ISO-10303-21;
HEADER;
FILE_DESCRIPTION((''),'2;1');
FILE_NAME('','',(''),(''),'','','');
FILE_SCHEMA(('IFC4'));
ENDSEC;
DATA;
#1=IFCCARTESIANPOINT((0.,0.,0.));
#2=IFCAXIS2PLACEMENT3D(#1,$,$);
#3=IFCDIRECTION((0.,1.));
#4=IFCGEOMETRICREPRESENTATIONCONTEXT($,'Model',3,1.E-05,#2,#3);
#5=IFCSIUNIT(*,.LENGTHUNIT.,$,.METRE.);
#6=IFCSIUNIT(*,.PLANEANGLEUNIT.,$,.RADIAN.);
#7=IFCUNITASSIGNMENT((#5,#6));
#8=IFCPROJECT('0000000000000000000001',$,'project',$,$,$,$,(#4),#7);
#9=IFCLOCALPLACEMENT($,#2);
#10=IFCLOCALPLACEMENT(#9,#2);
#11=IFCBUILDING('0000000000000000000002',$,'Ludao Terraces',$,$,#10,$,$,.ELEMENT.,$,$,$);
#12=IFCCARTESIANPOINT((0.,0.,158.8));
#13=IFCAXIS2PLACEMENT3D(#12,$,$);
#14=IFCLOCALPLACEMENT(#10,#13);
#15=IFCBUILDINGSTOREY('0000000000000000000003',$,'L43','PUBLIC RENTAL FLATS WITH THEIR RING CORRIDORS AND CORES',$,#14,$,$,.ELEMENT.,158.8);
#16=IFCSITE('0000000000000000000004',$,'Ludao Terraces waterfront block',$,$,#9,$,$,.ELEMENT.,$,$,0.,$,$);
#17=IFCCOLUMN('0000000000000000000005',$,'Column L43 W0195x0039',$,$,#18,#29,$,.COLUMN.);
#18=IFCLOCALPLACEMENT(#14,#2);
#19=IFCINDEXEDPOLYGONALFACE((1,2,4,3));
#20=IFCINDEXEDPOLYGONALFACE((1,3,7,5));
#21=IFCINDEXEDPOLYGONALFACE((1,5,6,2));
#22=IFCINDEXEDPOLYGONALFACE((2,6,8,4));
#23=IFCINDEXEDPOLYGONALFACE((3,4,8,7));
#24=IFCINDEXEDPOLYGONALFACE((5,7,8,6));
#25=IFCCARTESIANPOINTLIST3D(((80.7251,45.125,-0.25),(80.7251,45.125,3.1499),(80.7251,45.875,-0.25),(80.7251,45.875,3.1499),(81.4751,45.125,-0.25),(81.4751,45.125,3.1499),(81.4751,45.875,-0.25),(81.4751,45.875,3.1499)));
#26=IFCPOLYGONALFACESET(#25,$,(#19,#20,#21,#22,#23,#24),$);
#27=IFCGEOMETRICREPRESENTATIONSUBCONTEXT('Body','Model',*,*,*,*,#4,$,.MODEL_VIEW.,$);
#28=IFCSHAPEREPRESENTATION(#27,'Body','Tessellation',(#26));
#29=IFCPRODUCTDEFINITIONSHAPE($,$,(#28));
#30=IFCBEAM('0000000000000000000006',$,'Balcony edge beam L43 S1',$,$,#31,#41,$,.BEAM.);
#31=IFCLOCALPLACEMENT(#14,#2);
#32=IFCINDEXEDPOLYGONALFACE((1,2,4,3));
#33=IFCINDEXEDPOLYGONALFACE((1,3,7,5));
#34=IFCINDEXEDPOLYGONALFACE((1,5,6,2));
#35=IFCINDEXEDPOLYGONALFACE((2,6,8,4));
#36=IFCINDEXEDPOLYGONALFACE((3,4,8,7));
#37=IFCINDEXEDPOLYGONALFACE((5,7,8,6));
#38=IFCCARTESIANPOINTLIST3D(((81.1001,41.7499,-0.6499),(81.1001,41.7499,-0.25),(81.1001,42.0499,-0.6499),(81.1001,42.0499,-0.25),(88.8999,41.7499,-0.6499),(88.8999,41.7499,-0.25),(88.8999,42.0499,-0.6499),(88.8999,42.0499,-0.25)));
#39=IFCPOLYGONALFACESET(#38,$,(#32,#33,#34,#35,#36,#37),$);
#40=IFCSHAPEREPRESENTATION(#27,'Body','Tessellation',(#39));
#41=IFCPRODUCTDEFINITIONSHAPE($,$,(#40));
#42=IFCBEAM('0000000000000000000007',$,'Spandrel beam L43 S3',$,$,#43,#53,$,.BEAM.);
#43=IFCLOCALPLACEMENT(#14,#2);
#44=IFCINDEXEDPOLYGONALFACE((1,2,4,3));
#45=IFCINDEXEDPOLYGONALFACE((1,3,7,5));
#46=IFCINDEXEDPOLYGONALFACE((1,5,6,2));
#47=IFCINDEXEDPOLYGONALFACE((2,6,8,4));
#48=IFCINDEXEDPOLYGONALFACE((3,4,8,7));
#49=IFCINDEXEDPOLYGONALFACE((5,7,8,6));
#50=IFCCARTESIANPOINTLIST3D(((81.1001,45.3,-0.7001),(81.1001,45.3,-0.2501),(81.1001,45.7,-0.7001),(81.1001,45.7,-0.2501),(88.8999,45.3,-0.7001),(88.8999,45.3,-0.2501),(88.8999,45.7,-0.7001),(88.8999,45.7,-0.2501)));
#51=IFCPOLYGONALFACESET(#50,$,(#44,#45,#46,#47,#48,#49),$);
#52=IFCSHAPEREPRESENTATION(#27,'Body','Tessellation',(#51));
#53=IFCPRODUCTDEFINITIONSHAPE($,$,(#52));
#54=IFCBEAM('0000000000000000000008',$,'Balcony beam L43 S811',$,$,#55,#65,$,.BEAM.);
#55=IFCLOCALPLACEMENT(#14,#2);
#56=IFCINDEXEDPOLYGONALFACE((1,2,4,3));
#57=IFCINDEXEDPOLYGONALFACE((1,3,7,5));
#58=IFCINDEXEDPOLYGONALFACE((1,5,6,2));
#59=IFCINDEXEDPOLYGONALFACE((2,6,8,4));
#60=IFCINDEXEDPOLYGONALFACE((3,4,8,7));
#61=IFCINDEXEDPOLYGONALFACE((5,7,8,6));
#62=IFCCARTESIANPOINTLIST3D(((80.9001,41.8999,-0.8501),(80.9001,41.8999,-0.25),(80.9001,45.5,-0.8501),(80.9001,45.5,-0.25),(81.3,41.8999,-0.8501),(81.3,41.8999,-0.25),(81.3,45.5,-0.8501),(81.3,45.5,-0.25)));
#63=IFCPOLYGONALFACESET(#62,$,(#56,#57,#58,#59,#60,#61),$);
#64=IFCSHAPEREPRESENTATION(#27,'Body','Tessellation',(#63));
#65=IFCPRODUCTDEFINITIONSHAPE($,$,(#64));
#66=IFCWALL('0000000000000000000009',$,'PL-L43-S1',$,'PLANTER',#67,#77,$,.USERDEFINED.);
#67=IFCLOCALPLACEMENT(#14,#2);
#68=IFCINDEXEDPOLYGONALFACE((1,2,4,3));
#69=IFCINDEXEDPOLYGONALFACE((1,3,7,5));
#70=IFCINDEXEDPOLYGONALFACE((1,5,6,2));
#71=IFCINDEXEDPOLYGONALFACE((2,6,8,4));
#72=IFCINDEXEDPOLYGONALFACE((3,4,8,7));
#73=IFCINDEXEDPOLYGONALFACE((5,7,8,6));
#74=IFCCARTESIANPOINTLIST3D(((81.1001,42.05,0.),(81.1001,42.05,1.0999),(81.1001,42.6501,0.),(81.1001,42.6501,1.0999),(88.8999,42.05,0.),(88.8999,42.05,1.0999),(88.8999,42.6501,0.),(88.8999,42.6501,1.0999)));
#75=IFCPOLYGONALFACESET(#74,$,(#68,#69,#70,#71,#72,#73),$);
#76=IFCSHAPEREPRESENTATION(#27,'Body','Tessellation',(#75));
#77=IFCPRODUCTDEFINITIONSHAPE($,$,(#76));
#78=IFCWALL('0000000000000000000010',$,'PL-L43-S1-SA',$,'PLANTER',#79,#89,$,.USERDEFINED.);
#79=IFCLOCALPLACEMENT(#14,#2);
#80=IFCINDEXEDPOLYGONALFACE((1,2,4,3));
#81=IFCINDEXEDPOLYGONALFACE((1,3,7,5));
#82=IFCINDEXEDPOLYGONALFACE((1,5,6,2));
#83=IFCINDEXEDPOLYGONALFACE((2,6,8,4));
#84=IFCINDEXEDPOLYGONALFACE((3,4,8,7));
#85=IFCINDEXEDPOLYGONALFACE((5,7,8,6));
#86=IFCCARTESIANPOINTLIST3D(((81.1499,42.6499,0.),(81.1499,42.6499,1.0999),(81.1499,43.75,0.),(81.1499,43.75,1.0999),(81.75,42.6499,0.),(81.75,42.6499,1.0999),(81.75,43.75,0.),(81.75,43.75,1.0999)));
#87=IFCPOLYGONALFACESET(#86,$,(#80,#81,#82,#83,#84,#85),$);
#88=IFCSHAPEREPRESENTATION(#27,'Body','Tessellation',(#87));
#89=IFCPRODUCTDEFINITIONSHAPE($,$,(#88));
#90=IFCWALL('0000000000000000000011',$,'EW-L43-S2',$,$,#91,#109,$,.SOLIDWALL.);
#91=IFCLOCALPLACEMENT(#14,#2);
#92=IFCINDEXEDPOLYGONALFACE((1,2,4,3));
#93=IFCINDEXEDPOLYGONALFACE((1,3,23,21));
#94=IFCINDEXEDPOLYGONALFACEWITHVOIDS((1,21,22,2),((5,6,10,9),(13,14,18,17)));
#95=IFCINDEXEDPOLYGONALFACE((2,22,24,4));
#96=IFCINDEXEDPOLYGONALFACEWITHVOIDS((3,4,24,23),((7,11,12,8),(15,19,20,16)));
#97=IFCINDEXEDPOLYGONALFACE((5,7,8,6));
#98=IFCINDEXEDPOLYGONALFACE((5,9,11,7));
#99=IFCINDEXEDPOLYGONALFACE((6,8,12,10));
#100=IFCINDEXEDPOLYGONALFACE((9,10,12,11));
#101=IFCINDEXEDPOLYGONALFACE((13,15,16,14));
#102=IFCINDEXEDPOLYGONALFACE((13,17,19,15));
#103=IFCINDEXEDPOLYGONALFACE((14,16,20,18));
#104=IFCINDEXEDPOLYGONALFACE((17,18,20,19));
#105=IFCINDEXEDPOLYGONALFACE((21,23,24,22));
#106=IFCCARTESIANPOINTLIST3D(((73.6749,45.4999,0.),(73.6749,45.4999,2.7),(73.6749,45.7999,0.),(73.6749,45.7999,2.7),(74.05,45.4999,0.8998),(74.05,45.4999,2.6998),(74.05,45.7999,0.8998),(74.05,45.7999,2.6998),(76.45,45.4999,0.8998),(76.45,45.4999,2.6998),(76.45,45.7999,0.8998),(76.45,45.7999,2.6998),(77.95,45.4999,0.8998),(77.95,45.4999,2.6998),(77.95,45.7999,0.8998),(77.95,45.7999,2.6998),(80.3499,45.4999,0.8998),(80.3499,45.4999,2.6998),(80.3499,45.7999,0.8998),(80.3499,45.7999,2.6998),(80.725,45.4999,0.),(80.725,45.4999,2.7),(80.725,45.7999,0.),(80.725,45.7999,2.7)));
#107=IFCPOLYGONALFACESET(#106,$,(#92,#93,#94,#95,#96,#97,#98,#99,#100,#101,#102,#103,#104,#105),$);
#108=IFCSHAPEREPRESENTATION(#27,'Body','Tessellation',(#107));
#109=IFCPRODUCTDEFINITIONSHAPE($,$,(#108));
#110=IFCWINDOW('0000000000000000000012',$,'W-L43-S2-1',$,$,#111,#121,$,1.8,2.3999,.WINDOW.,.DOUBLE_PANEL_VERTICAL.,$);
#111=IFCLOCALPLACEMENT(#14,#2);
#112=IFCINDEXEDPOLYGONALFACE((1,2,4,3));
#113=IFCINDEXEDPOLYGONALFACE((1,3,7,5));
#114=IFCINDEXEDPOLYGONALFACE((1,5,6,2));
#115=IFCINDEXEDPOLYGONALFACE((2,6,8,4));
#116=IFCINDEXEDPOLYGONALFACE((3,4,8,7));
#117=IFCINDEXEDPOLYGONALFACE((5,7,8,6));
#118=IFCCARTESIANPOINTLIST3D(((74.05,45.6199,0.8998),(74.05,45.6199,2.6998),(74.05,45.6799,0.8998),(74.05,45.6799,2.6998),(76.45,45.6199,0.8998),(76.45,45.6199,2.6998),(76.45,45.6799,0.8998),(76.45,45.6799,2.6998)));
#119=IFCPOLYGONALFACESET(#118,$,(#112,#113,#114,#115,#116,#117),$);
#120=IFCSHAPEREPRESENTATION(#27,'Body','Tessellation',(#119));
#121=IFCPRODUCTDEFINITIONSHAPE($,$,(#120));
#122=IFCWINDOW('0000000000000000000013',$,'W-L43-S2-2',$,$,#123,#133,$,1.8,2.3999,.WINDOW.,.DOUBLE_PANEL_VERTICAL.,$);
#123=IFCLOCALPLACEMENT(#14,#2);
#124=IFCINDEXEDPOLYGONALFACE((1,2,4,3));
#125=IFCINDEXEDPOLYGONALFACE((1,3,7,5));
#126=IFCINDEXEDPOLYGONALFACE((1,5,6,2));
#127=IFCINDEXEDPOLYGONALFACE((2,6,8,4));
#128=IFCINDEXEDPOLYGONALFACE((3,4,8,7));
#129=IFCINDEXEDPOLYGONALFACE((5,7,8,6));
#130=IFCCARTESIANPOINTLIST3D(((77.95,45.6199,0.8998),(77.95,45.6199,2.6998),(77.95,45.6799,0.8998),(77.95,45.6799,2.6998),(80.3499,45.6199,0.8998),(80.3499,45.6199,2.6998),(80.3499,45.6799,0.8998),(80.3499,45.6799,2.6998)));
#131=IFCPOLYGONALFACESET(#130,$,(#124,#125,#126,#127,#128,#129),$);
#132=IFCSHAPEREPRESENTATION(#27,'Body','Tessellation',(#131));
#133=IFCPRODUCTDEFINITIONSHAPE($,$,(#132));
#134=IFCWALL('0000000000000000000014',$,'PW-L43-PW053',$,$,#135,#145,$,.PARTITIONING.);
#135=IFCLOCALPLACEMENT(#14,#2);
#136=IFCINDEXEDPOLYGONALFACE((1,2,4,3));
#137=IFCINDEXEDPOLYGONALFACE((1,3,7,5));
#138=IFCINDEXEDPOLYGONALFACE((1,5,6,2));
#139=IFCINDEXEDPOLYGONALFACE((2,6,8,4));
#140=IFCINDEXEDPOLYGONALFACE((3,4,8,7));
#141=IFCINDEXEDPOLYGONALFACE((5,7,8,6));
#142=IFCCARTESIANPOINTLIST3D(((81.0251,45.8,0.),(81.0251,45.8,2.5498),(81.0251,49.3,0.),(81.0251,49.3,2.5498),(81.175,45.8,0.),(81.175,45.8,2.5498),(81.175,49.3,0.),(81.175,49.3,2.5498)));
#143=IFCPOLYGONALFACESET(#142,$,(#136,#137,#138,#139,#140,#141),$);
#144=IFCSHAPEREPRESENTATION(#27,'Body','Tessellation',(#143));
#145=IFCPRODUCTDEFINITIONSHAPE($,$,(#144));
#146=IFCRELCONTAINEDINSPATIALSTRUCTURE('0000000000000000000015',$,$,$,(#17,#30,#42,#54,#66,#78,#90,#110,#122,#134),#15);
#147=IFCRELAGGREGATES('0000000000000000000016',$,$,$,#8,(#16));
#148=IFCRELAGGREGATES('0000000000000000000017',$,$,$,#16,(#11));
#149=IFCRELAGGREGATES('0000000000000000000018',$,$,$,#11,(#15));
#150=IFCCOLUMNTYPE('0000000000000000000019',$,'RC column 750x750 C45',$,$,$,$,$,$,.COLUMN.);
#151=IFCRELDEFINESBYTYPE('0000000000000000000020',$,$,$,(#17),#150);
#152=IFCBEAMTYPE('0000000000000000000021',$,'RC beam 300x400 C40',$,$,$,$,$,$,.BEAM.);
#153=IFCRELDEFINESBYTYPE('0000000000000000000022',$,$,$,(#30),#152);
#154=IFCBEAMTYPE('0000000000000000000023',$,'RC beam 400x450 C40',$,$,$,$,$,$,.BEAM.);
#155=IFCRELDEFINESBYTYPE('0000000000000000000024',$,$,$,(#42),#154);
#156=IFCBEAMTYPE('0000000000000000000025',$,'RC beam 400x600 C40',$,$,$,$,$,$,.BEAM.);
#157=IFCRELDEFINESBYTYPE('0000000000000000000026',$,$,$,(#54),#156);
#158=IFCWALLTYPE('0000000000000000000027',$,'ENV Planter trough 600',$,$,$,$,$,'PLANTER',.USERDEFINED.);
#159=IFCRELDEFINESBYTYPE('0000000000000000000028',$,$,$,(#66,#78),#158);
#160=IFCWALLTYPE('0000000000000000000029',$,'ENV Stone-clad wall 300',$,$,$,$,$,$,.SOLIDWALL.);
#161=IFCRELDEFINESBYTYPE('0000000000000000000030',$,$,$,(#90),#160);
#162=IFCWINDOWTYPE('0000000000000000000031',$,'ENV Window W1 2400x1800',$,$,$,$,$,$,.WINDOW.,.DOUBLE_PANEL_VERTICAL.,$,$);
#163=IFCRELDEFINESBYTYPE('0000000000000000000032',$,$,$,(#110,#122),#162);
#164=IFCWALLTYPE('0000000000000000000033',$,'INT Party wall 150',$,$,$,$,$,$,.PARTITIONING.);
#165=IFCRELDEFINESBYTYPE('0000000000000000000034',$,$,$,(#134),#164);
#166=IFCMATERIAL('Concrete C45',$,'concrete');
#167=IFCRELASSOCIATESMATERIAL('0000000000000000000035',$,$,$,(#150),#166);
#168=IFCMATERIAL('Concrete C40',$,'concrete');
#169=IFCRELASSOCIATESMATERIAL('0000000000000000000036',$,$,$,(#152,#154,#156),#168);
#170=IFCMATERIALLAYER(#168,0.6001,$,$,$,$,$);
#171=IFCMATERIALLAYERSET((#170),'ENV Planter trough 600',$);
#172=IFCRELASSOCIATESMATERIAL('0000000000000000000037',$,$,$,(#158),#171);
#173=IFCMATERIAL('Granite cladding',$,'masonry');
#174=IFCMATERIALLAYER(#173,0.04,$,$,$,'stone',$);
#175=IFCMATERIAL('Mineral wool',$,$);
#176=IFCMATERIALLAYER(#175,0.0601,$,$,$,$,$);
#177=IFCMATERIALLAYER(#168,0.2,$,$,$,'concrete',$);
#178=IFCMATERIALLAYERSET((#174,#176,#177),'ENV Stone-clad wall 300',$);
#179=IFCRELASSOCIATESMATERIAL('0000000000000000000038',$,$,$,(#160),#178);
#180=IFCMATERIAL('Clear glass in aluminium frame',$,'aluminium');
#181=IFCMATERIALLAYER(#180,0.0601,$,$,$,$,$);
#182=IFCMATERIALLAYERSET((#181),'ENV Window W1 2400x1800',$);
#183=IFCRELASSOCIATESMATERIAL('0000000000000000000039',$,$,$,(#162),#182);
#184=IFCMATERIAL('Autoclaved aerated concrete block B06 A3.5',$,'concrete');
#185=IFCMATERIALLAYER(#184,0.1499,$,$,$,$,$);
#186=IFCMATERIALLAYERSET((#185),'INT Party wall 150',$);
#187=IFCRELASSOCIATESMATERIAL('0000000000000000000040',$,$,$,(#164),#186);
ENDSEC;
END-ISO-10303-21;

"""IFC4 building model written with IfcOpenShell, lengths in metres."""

from ifc_helpers import new_model, si_unit, direction, frame, frame_2d, origin, origin_2d, place, context, subcontext, project, spatial, rectangle, extrude, material, layer, layer_set, material_profile, profile_set, type_object, element, fill, save


model = new_model("IFC4")

# Units and contexts
model_context = context("Model", 3, precision=1e-05, world=origin(), true_north=direction((0.0, 1.0)))
body_context = subcontext(model_context, "Body", "Model", "MODEL_VIEW")
ifc_project = project(units=[si_unit("LENGTHUNIT", "METRE"), si_unit("PLANEANGLEUNIT", "RADIAN")], contexts=[model_context])

# Site, building, storey
site_placement = place(None, origin())
site = spatial("IfcSite", under=ifc_project, at=site_placement, Name="Ludao Terraces waterfront block", CompositionType="ELEMENT", RefElevation=0.0)
building_placement = place(site_placement, origin())
building = spatial("IfcBuilding", under=site, at=building_placement, Name="Ludao Terraces", CompositionType="ELEMENT")
storey_placement = place(building_placement, frame((0.0, 0.0, 158.8)))
storey = spatial("IfcBuildingStorey", under=building, at=storey_placement, Name="L43", Description="PUBLIC RENTAL FLATS WITH THEIR RING CORRIDORS AND CORES", CompositionType="ELEMENT", Elevation=158.8)

# Column
ifc_material_1 = material(Name="Concrete C45", Category="concrete")
ifc_material_profile_1 = material_profile(ifc_material_1, rectangle(XDim=0.75, YDim=0.75, at=origin_2d()), Name="750 X 750")
ifc_profile_set_1 = profile_set([ifc_material_profile_1], Name="Concrete C45")
column_type = type_object("IfcColumnType", Name="RC column 750x750 C45", PredefinedType="COLUMN", material=ifc_profile_set_1)
column_placement = place(storey_placement, frame((81.1001, 45.5, -0.25), z_axis=(0.0, 0.0, 1.0), x_axis=(1.0, 0.0, 0.0)))
element("IfcColumn", 1, at=column_placement, inside=storey, type_object=column_type, Name="Column L43 W0195x0039", PredefinedType="COLUMN", context=body_context, shape_type="SweptSolid", body=[
    extrude(rectangle(XDim=0.75, YDim=0.75, at=origin_2d()), origin(), (0.0, 0.0, 1.0), 3.3999),
])

# Beams
ifc_material_2 = material(Name="Concrete C40", Category="concrete")
ifc_material_profile_2 = material_profile(ifc_material_2, rectangle(XDim=0.3, YDim=0.3999, at=origin_2d()), Name="300 X 400")
ifc_profile_set_2 = profile_set([ifc_material_profile_2], Name="Concrete C40")
beam_type_1 = type_object("IfcBeamType", Name="RC beam 300x400 C40", PredefinedType="BEAM", material=ifc_profile_set_2)
beam_1_placement = place(storey_placement, frame((81.1001, 41.8999, -0.45), z_axis=(1.0, 0.0, 0.0), x_axis=(0.0, 1.0, 0.0)))
element("IfcBeam", 2, at=beam_1_placement, inside=storey, type_object=beam_type_1, Name="Balcony edge beam L43 S1", PredefinedType="BEAM", context=body_context, shape_type="SweptSolid", body=[
    extrude(rectangle(XDim=0.3, YDim=0.3999, at=origin_2d()), origin(), (0.0, 0.0, 1.0), 7.7998),
])
ifc_material_profile_3 = material_profile(ifc_material_2, rectangle(XDim=0.3999, YDim=0.45, at=origin_2d()), Name="400 X 450")
ifc_profile_set_3 = profile_set([ifc_material_profile_3], Name="Concrete C40")
beam_type_2 = type_object("IfcBeamType", Name="RC beam 400x450 C40", PredefinedType="BEAM", material=ifc_profile_set_3)
beam_2_placement = place(storey_placement, frame((81.1001, 45.5, -0.4751), z_axis=(1.0, 0.0, 0.0), x_axis=(0.0, 1.0, 0.0)))
element("IfcBeam", 3, at=beam_2_placement, inside=storey, type_object=beam_type_2, Name="Spandrel beam L43 S3", PredefinedType="BEAM", context=body_context, shape_type="SweptSolid", body=[
    extrude(rectangle(XDim=0.3999, YDim=0.45, at=origin_2d()), origin(), (0.0, 0.0, 1.0), 7.7998),
])
ifc_material_profile_4 = material_profile(ifc_material_2, rectangle(XDim=0.3999, YDim=0.6001, at=origin_2d()), Name="400 X 600")
ifc_profile_set_4 = profile_set([ifc_material_profile_4], Name="Concrete C40")
beam_type_3 = type_object("IfcBeamType", Name="RC beam 400x600 C40", PredefinedType="BEAM", material=ifc_profile_set_4)
beam_3_placement = place(storey_placement, frame((81.1001, 45.5, -0.55), z_axis=(0.0, -1.0, 0.0), x_axis=(1.0, 0.0, 0.0)))
element("IfcBeam", 4, at=beam_3_placement, inside=storey, type_object=beam_type_3, Name="Balcony beam L43 S811", PredefinedType="BEAM", context=body_context, shape_type="SweptSolid", body=[
    extrude(rectangle(XDim=0.3999, YDim=0.6001, at=origin_2d()), origin(), (0.0, 0.0, 1.0), 3.6001),
])

# Walls
ifc_layer_1 = layer(ifc_material_2, 0.6001)
ifc_layer_set_1 = layer_set([ifc_layer_1], Name="ENV Planter trough 600")
wall_type_1 = type_object("IfcWallType", Name="ENV Planter trough 600", ElementType="PLANTER", PredefinedType="USERDEFINED", material=ifc_layer_set_1)
wall_1_placement = place(storey_placement, frame((81.1001, 42.3501, 0.0), z_axis=(0.0, 0.0, 1.0), x_axis=(1.0, 0.0, 0.0)))
element("IfcWall", 5, at=wall_1_placement, inside=storey, type_object=wall_type_1, Name="PL-L43-S1", ObjectType="PLANTER", PredefinedType="USERDEFINED", context=body_context, shape_type="SweptSolid", body=[
    extrude(rectangle(XDim=7.7998, YDim=0.6001, at=frame_2d((3.8999, 0.0))), origin(), (0.0, 0.0, 1.0), 1.0999),
])
wall_2_placement = place(storey_placement, frame((81.45, 42.6499, 0.0), z_axis=(0.0, 0.0, 1.0), x_axis=(0.0, 1.0, 0.0)))
element("IfcWall", 6, at=wall_2_placement, inside=storey, type_object=wall_type_1, Name="PL-L43-S1-SA", ObjectType="PLANTER", PredefinedType="USERDEFINED", context=body_context, shape_type="SweptSolid", body=[
    extrude(rectangle(XDim=1.1001, YDim=0.6001, at=frame_2d((0.55, 0.0))), origin(), (0.0, 0.0, 1.0), 1.0999),
])

# Wall, openings, windows
ifc_material_3 = material(Name="Granite cladding", Category="masonry")
ifc_layer_2 = layer(ifc_material_3, 0.04, Category="stone")
ifc_material_4 = material(Name="Mineral wool")
ifc_layer_3 = layer(ifc_material_4, 0.0601)
ifc_layer_4 = layer(ifc_material_2, 0.2, Category="concrete")
ifc_layer_set_2 = layer_set([ifc_layer_2, ifc_layer_3, ifc_layer_4], Name="ENV Stone-clad wall 300")
wall_type_2 = type_object("IfcWallType", Name="ENV Stone-clad wall 300", PredefinedType="SOLIDWALL", material=ifc_layer_set_2)
wall_3_placement = place(storey_placement, frame((73.675, 45.6499, 0.0), z_axis=(0.0, 0.0, 1.0), x_axis=(1.0, 0.0, 0.0)))
wall_3 = element("IfcWall", 7, at=wall_3_placement, inside=storey, type_object=wall_type_2, Name="EW-L43-S2", PredefinedType="SOLIDWALL", context=body_context, shape_type="SweptSolid", body=[
    extrude(rectangle(XDim=7.05, YDim=0.3, at=frame_2d((3.5249, 0.0))), origin(), (0.0, 0.0, 1.0), 2.7),
])
opening_1_placement = place(wall_3_placement, frame((0.375, 0.0, 0.8999)))
opening_1 = element("IfcOpeningElement", 8, at=opening_1_placement, cuts=wall_3, PredefinedType="OPENING", context=body_context, shape_type="SweptSolid", body=[
    extrude(rectangle(XDim=2.3999, YDim=1.8, at=frame_2d((1.2, 0.8999))), frame((0.0, 0.1602, 0.0), z_axis=(0.0, -1.0, 0.0), x_axis=(1.0, 0.0, 0.0)), (0.0, 0.0, 1.0), 0.3201),
])
opening_2_placement = place(wall_3_placement, frame((4.2749, 0.0, 0.8999)))
opening_2 = element("IfcOpeningElement", 9, at=opening_2_placement, cuts=wall_3, PredefinedType="OPENING", context=body_context, shape_type="SweptSolid", body=[
    extrude(rectangle(XDim=2.3999, YDim=1.8, at=frame_2d((1.2, 0.8999))), frame((0.0, 0.1602, 0.0), z_axis=(0.0, -1.0, 0.0), x_axis=(1.0, 0.0, 0.0)), (0.0, 0.0, 1.0), 0.3201),
])
ifc_material_5 = material(Name="Clear glass in aluminium frame", Category="aluminium")
ifc_layer_5 = layer(ifc_material_5, 0.0601)
ifc_layer_set_3 = layer_set([ifc_layer_5], Name="ENV Window W1 2400x1800")
window_type = type_object("IfcWindowType", Name="ENV Window W1 2400x1800", PartitioningType="DOUBLE_PANEL_VERTICAL", PredefinedType="WINDOW", material=ifc_layer_set_3)
window_1_placement = place(opening_1_placement, origin())
window_1 = element("IfcWindow", 10, at=window_1_placement, inside=storey, type_object=window_type, Name="W-L43-S2-1", OverallHeight=1.8, OverallWidth=2.3999, PartitioningType="DOUBLE_PANEL_VERTICAL", PredefinedType="WINDOW", context=body_context, shape_type="SweptSolid", body=[
    extrude(rectangle(XDim=2.3999, YDim=1.8, at=frame_2d((1.2, 0.8999))), frame((0.0, 0.03, 0.0), z_axis=(0.0, -1.0, 0.0), x_axis=(1.0, 0.0, 0.0)), (0.0, 0.0, 1.0), 0.0601),
])
fill(opening_1, window_1)
window_2_placement = place(opening_2_placement, origin())
window_2 = element("IfcWindow", 11, at=window_2_placement, inside=storey, type_object=window_type, Name="W-L43-S2-2", OverallHeight=1.8, OverallWidth=2.3999, PartitioningType="DOUBLE_PANEL_VERTICAL", PredefinedType="WINDOW", context=body_context, shape_type="SweptSolid", body=[
    extrude(rectangle(XDim=2.3999, YDim=1.8, at=frame_2d((1.2, 0.8999))), frame((0.0, 0.03, 0.0), z_axis=(0.0, -1.0, 0.0), x_axis=(1.0, 0.0, 0.0)), (0.0, 0.0, 1.0), 0.0601),
])
fill(opening_2, window_2)

# Wall
ifc_material_6 = material(Name="Autoclaved aerated concrete block B06 A3.5", Category="concrete")
ifc_layer_6 = layer(ifc_material_6, 0.1499)
ifc_layer_set_4 = layer_set([ifc_layer_6], Name="INT Party wall 150")
wall_type_3 = type_object("IfcWallType", Name="INT Party wall 150", PredefinedType="PARTITIONING", material=ifc_layer_set_4)
wall_4_placement = place(storey_placement, frame((81.1001, 45.8, 0.0), z_axis=(0.0, 0.0, 1.0), x_axis=(0.0, 1.0, 0.0)))
element("IfcWall", 12, at=wall_4_placement, inside=storey, type_object=wall_type_3, Name="PW-L43-PW053", PredefinedType="PARTITIONING", context=body_context, shape_type="SweptSolid", body=[
    extrude(rectangle(XDim=3.5, YDim=0.1499, at=frame_2d((1.75, 0.0))), origin(), (0.0, 0.0, 1.0), 2.5498),
])

save(model, "model.ifc")
